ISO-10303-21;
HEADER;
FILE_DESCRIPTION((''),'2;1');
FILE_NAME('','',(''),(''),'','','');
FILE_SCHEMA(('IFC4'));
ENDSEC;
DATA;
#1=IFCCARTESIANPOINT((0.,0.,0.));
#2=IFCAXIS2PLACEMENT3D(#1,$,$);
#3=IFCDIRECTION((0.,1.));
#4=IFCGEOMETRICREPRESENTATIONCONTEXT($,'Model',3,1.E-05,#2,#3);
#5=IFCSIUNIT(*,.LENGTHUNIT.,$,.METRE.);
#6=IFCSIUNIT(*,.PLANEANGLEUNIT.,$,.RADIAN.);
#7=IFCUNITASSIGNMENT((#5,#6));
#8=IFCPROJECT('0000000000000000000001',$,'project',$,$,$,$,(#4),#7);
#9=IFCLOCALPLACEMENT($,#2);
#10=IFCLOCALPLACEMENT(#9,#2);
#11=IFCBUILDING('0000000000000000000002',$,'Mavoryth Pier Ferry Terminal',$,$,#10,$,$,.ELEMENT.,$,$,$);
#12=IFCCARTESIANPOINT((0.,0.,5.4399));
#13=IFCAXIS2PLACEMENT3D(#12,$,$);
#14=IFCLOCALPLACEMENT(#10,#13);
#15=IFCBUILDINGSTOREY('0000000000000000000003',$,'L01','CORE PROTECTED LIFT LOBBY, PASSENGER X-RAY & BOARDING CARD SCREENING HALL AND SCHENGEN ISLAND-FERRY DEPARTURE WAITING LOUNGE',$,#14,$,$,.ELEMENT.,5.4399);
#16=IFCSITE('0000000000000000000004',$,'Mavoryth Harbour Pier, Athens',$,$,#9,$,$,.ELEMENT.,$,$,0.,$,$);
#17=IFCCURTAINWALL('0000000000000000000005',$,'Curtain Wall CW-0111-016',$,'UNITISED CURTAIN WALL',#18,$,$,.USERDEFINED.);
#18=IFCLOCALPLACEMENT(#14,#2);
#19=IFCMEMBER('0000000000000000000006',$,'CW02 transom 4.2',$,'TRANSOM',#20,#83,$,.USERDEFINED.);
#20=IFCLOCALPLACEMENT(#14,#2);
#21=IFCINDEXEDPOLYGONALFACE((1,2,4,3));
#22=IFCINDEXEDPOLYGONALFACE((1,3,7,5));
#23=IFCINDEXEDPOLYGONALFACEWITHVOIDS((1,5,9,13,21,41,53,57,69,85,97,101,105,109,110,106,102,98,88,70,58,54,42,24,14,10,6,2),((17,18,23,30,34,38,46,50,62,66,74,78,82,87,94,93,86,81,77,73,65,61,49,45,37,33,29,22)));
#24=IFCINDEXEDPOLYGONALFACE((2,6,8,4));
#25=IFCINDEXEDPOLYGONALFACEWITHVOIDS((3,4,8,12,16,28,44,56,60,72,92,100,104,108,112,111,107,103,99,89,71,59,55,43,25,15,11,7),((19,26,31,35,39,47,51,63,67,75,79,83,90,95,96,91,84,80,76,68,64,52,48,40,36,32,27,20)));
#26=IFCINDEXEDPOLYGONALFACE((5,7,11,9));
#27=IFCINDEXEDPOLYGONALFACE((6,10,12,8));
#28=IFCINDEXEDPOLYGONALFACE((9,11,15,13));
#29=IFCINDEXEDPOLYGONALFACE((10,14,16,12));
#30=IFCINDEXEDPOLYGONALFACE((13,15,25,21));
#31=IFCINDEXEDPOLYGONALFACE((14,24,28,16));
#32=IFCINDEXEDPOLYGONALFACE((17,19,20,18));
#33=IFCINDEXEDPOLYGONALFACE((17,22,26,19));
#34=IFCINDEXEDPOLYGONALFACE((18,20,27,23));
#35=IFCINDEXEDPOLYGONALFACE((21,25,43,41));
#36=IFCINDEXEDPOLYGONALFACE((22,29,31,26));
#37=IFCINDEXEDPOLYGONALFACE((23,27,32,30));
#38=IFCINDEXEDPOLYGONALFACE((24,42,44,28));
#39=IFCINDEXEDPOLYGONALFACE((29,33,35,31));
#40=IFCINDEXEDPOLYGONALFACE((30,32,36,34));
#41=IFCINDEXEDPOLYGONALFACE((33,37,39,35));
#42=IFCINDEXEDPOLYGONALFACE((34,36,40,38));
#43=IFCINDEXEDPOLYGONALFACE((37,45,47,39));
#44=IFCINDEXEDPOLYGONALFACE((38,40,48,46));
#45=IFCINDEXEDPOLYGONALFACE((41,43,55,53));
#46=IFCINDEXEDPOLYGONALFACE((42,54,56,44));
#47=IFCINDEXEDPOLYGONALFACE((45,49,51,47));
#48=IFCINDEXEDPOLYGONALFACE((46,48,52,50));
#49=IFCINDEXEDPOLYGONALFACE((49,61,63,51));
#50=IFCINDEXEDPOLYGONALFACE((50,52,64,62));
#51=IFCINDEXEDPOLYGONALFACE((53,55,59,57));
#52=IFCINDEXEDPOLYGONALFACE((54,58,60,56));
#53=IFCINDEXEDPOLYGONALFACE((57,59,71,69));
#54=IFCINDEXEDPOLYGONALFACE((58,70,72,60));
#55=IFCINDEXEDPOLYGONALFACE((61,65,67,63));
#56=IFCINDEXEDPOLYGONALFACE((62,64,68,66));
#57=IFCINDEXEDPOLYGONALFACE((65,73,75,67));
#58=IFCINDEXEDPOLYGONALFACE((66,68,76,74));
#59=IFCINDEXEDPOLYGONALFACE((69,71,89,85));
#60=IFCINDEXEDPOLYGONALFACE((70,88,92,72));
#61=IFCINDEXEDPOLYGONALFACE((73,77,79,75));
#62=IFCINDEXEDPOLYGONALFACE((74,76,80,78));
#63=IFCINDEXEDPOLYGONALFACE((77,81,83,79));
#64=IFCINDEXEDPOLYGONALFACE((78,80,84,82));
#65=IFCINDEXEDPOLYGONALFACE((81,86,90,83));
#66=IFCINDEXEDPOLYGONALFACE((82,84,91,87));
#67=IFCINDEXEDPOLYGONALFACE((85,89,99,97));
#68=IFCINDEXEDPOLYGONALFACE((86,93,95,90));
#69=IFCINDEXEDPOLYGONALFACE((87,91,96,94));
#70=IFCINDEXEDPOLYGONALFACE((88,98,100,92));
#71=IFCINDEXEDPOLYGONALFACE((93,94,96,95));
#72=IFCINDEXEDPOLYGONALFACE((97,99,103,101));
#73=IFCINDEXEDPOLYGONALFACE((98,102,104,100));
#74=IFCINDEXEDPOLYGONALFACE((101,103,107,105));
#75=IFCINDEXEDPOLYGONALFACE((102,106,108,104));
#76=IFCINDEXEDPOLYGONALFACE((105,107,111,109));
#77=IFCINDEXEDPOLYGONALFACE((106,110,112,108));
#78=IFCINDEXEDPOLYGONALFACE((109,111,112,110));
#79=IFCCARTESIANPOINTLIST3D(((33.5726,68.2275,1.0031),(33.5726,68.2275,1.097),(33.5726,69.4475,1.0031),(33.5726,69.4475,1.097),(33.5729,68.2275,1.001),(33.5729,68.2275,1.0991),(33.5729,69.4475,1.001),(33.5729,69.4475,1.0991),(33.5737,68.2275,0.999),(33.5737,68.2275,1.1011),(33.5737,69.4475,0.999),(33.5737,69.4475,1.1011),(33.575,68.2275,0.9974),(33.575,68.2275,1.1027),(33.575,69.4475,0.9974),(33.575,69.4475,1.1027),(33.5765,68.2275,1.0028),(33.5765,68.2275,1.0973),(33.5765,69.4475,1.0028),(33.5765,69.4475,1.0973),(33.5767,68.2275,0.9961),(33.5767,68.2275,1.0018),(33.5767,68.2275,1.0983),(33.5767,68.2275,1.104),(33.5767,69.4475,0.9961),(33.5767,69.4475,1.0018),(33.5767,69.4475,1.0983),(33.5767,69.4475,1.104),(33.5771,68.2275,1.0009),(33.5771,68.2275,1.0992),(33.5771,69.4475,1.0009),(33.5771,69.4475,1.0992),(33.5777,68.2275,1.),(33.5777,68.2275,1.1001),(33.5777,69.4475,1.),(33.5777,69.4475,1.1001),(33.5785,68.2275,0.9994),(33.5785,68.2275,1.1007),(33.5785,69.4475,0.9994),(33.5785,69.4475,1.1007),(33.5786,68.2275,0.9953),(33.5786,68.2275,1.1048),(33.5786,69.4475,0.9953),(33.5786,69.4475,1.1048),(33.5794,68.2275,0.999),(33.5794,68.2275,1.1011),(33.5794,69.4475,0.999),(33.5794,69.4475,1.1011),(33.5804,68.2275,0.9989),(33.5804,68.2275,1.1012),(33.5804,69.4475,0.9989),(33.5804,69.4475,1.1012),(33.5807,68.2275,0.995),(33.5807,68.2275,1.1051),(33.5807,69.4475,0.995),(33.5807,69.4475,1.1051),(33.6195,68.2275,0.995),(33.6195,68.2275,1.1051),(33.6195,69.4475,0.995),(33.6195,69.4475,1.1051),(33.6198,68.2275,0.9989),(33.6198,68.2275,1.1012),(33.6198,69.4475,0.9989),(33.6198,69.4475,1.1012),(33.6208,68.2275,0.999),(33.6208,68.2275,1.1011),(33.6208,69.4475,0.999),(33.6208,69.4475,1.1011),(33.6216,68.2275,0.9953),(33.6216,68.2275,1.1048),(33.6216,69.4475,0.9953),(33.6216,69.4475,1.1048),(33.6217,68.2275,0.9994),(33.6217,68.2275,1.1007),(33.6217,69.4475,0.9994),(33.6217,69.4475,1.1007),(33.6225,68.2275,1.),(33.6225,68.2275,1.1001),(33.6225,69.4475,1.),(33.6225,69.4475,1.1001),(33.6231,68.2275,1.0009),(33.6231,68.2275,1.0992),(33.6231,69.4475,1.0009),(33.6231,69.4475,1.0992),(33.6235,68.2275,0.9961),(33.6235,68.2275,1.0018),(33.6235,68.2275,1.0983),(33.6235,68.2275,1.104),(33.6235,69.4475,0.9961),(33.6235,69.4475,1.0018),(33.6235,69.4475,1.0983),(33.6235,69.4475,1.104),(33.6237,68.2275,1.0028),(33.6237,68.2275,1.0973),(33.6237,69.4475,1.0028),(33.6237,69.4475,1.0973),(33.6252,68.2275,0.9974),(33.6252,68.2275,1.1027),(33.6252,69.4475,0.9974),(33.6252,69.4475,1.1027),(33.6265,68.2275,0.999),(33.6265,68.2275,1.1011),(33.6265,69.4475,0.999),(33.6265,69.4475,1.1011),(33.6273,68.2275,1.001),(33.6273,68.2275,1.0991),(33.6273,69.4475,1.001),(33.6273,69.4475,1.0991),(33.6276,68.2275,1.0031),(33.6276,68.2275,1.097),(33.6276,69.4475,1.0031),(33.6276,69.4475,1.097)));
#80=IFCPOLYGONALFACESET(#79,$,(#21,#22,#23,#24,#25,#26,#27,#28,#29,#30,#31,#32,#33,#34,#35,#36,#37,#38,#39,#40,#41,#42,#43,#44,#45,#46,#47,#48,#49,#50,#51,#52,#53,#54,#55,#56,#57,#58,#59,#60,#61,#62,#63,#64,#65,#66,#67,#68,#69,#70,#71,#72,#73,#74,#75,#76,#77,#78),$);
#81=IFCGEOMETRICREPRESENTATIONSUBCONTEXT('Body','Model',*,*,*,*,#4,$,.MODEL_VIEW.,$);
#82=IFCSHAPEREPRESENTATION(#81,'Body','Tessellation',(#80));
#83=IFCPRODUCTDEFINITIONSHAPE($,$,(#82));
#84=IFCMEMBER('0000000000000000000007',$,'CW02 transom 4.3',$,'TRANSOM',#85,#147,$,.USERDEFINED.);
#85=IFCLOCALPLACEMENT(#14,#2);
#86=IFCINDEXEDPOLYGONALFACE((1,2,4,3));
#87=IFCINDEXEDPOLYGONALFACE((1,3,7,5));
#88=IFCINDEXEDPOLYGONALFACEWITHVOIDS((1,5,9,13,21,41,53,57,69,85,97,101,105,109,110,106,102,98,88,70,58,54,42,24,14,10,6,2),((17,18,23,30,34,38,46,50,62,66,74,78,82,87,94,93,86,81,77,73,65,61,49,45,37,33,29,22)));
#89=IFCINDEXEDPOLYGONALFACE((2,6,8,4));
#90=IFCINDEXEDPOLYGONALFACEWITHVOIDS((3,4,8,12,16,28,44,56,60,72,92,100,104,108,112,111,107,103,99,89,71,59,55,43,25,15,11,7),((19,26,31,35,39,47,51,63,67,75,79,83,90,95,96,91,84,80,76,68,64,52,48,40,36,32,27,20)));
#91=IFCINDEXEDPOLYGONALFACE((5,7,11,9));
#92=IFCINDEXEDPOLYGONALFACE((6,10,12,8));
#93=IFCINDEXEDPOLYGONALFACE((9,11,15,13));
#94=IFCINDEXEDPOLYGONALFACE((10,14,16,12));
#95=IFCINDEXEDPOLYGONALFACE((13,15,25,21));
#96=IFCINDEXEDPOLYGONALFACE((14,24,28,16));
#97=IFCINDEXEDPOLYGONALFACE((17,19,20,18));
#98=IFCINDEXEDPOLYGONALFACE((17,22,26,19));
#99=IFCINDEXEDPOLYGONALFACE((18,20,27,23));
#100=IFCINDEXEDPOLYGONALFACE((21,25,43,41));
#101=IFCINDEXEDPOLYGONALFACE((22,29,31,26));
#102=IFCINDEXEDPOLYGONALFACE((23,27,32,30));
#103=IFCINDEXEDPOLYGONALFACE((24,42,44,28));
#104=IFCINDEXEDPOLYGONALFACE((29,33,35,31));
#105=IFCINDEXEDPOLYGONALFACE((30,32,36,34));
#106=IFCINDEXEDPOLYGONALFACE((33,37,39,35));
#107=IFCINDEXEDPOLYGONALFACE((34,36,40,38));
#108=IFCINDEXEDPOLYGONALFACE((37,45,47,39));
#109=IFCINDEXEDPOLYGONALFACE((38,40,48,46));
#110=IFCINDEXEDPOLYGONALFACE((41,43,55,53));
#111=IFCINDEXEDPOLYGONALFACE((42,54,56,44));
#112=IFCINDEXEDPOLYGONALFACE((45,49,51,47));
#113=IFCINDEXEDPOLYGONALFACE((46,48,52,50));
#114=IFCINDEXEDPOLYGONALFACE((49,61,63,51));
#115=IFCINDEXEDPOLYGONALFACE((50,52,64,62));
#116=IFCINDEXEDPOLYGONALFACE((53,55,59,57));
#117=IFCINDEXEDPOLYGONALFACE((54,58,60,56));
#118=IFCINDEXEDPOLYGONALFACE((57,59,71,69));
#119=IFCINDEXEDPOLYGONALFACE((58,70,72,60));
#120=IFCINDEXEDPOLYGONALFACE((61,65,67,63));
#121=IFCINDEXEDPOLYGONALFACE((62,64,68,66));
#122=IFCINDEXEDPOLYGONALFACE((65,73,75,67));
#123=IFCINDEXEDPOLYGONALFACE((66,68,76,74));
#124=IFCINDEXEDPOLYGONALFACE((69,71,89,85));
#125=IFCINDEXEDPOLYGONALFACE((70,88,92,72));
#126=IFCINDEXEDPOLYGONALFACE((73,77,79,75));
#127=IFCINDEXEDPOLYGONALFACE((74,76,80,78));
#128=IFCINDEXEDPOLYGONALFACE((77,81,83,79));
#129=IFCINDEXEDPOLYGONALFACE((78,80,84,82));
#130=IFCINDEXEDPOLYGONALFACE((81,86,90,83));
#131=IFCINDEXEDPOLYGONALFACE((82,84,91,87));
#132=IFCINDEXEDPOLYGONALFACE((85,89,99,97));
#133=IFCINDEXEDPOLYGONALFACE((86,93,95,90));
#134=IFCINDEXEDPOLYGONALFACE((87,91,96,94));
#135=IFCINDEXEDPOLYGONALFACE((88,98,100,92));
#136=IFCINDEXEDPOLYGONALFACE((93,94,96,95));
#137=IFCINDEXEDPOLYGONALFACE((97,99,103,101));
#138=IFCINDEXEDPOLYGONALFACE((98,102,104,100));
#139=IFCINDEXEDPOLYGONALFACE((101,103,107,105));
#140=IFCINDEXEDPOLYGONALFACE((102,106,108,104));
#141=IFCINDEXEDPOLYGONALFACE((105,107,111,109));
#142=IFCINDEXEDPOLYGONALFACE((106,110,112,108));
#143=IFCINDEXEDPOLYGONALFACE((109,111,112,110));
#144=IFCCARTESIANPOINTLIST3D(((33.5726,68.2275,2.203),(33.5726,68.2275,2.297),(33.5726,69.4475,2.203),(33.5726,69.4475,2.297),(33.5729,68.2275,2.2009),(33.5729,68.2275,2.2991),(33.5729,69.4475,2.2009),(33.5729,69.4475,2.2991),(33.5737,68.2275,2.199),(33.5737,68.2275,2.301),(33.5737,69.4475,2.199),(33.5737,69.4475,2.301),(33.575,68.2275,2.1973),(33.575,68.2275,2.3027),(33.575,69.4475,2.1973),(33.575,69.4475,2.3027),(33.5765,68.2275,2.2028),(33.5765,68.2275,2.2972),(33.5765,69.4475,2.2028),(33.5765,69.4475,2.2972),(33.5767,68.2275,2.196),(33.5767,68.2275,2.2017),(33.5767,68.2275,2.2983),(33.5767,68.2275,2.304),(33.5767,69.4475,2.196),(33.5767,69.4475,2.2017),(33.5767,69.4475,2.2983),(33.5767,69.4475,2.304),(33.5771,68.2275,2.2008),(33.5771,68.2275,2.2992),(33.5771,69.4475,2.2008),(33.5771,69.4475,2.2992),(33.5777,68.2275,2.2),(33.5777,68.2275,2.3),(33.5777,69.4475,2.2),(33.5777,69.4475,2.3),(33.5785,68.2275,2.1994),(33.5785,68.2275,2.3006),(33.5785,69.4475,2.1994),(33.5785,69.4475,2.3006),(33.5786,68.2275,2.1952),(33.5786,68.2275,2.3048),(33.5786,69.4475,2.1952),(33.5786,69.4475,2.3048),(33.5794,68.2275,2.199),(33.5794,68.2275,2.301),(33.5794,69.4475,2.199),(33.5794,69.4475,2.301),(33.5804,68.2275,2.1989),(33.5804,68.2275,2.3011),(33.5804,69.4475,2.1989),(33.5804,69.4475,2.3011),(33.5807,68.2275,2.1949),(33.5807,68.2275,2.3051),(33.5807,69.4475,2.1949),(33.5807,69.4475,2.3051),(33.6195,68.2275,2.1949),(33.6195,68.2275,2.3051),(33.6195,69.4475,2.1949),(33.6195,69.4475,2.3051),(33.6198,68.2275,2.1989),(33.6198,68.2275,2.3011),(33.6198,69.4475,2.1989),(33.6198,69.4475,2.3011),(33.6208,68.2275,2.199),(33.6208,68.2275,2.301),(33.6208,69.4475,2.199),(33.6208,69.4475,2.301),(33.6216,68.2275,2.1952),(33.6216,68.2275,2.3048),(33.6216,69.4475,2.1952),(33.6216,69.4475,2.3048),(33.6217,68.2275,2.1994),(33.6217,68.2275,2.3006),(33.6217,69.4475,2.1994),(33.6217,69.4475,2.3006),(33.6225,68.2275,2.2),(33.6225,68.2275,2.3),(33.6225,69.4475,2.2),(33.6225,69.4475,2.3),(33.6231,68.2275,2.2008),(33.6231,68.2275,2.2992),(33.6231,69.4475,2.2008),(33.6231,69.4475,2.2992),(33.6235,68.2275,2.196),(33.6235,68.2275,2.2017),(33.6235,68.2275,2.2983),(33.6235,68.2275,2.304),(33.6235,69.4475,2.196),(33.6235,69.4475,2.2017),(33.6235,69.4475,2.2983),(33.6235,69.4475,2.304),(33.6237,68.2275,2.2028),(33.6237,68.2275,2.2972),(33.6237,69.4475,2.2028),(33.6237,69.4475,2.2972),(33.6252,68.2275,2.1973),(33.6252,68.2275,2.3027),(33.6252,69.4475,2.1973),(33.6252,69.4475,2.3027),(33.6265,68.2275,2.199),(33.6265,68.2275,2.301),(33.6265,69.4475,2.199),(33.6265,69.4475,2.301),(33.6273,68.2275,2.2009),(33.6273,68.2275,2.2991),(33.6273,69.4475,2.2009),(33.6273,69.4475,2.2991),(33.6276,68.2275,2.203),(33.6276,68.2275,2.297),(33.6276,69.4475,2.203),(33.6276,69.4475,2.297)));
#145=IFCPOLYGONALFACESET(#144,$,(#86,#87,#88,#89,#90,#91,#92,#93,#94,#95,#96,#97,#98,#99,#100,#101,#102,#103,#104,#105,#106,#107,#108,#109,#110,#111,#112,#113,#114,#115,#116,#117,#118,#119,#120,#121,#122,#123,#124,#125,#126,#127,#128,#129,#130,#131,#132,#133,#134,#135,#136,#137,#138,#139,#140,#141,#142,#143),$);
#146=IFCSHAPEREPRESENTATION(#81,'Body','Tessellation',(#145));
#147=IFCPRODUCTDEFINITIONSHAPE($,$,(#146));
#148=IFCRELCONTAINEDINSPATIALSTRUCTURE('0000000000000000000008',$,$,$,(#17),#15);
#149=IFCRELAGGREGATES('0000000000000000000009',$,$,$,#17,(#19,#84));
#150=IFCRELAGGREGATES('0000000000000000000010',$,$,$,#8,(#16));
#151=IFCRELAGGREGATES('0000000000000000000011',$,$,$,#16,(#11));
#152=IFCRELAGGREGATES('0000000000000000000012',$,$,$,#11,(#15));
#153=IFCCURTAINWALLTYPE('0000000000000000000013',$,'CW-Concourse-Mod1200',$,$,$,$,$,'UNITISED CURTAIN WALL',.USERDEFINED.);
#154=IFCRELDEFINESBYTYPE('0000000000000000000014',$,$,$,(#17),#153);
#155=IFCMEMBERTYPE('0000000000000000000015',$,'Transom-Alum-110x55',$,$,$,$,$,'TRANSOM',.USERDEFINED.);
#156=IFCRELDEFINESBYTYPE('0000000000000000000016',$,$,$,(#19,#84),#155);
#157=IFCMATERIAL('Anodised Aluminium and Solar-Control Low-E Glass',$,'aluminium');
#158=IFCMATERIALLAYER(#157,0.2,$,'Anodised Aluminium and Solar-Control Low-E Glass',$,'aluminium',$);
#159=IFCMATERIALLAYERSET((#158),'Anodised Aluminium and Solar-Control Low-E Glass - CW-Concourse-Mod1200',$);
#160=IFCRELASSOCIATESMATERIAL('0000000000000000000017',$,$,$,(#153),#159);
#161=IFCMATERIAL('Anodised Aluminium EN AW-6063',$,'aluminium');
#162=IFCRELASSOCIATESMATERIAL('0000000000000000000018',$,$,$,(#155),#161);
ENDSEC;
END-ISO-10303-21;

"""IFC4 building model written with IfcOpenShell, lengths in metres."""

from ifc_helpers import new_model, si_unit, direction, frame, origin, origin_2d, place, context, subcontext, project, spatial, hollow_rectangle, extrude, material, layer, layer_set, material_profile, profile_set, type_object, element, aggregate, save


model = new_model("IFC4")

# Units and contexts
model_context = context("Model", 3, precision=1e-05, world=origin(), true_north=direction((0.0, 1.0)))
body_context = subcontext(model_context, "Body", "Model", "MODEL_VIEW")
ifc_project = project(units=[si_unit("LENGTHUNIT", "METRE"), si_unit("PLANEANGLEUNIT", "RADIAN")], contexts=[model_context])

# Site, building, storey
site_placement = place(None, origin())
site = spatial("IfcSite", under=ifc_project, at=site_placement, Name="Mavoryth Harbour Pier, Athens", CompositionType="ELEMENT", RefElevation=0.0)
building_placement = place(site_placement, origin())
building = spatial("IfcBuilding", under=site, at=building_placement, Name="Mavoryth Pier Ferry Terminal", CompositionType="ELEMENT")
storey_placement = place(building_placement, frame((0.0, 0.0, 5.4399)))
storey = spatial("IfcBuildingStorey", under=building, at=storey_placement, Name="L01", Description="CORE PROTECTED LIFT LOBBY, PASSENGER X-RAY & BOARDING CARD SCREENING HALL AND SCHENGEN ISLAND-FERRY DEPARTURE WAITING LOUNGE", CompositionType="ELEMENT", Elevation=5.4399)

# Curtain wall
ifc_material_1 = material(Name="Anodised Aluminium and Solar-Control Low-E Glass", Category="aluminium")
ifc_layer_1 = layer(ifc_material_1, 0.2, Name="Anodised Aluminium and Solar-Control Low-E Glass", Category="aluminium")
ifc_layer_set_1 = layer_set([ifc_layer_1], Name="Anodised Aluminium and Solar-Control Low-E Glass - CW-Concourse-Mod1200")
curtain_wall_type = type_object("IfcCurtainWallType", Name="CW-Concourse-Mod1200", ElementType="UNITISED CURTAIN WALL", PredefinedType="USERDEFINED", material=ifc_layer_set_1)
curtain_wall_1_placement = place(storey_placement, origin())
curtain_wall_1 = element("IfcCurtainWall", 1, at=curtain_wall_1_placement, inside=storey, type_object=curtain_wall_type, Name="Curtain Wall CW-0111-016", ObjectType="UNITISED CURTAIN WALL", PredefinedType="USERDEFINED")
ifc_material_2 = material(Name="Anodised Aluminium EN AW-6063", Category="aluminium")

# Members
ifc_material_profile_1 = material_profile(ifc_material_2, hollow_rectangle(XDim=0.0549, YDim=0.1101, WallThickness=0.0039, InnerFilletRadius=0.0039, OuterFilletRadius=0.0081, at=origin_2d()), Name="AL-TRAN 110x55x4", Category="aluminium")
ifc_profile_set_1 = profile_set([ifc_material_profile_1], Name="Anodised Aluminium EN AW-6063 - AL-TRAN 110x55x4")
member_type_1 = type_object("IfcMemberType", Name="Transom-Alum-110x55", ElementType="TRANSOM", PredefinedType="USERDEFINED", material=ifc_profile_set_1)
member_1_placement = place(storey_placement, frame((33.6001, 68.2275, 1.05), z_axis=(0.0, 1.0, 0.0), x_axis=(-1.0, 0.0, 0.0)))
member_1 = element("IfcMember", 2, at=member_1_placement, type_object=member_type_1, Name="CW02 transom 4.2", ObjectType="TRANSOM", PredefinedType="USERDEFINED", context=body_context, shape_type="SweptSolid", body=[
    extrude(hollow_rectangle(XDim=0.0549, YDim=0.1101, WallThickness=0.0039, InnerFilletRadius=0.0039, OuterFilletRadius=0.0081, at=origin_2d()), origin(), (0.0, 0.0, 1.0), 1.22),
])
member_2_placement = place(storey_placement, frame((33.6001, 68.2275, 2.25), z_axis=(0.0, 1.0, 0.0), x_axis=(-1.0, 0.0, 0.0)))
member_2 = element("IfcMember", 3, at=member_2_placement, type_object=member_type_1, Name="CW02 transom 4.3", ObjectType="TRANSOM", PredefinedType="USERDEFINED", context=body_context, shape_type="SweptSolid", body=[
    extrude(hollow_rectangle(XDim=0.0549, YDim=0.1101, WallThickness=0.0039, InnerFilletRadius=0.0039, OuterFilletRadius=0.0081, at=origin_2d()), origin(), (0.0, 0.0, 1.0), 1.22),
])

aggregate(curtain_wall_1, [member_1, member_2])

save(model, "model.ifc")
